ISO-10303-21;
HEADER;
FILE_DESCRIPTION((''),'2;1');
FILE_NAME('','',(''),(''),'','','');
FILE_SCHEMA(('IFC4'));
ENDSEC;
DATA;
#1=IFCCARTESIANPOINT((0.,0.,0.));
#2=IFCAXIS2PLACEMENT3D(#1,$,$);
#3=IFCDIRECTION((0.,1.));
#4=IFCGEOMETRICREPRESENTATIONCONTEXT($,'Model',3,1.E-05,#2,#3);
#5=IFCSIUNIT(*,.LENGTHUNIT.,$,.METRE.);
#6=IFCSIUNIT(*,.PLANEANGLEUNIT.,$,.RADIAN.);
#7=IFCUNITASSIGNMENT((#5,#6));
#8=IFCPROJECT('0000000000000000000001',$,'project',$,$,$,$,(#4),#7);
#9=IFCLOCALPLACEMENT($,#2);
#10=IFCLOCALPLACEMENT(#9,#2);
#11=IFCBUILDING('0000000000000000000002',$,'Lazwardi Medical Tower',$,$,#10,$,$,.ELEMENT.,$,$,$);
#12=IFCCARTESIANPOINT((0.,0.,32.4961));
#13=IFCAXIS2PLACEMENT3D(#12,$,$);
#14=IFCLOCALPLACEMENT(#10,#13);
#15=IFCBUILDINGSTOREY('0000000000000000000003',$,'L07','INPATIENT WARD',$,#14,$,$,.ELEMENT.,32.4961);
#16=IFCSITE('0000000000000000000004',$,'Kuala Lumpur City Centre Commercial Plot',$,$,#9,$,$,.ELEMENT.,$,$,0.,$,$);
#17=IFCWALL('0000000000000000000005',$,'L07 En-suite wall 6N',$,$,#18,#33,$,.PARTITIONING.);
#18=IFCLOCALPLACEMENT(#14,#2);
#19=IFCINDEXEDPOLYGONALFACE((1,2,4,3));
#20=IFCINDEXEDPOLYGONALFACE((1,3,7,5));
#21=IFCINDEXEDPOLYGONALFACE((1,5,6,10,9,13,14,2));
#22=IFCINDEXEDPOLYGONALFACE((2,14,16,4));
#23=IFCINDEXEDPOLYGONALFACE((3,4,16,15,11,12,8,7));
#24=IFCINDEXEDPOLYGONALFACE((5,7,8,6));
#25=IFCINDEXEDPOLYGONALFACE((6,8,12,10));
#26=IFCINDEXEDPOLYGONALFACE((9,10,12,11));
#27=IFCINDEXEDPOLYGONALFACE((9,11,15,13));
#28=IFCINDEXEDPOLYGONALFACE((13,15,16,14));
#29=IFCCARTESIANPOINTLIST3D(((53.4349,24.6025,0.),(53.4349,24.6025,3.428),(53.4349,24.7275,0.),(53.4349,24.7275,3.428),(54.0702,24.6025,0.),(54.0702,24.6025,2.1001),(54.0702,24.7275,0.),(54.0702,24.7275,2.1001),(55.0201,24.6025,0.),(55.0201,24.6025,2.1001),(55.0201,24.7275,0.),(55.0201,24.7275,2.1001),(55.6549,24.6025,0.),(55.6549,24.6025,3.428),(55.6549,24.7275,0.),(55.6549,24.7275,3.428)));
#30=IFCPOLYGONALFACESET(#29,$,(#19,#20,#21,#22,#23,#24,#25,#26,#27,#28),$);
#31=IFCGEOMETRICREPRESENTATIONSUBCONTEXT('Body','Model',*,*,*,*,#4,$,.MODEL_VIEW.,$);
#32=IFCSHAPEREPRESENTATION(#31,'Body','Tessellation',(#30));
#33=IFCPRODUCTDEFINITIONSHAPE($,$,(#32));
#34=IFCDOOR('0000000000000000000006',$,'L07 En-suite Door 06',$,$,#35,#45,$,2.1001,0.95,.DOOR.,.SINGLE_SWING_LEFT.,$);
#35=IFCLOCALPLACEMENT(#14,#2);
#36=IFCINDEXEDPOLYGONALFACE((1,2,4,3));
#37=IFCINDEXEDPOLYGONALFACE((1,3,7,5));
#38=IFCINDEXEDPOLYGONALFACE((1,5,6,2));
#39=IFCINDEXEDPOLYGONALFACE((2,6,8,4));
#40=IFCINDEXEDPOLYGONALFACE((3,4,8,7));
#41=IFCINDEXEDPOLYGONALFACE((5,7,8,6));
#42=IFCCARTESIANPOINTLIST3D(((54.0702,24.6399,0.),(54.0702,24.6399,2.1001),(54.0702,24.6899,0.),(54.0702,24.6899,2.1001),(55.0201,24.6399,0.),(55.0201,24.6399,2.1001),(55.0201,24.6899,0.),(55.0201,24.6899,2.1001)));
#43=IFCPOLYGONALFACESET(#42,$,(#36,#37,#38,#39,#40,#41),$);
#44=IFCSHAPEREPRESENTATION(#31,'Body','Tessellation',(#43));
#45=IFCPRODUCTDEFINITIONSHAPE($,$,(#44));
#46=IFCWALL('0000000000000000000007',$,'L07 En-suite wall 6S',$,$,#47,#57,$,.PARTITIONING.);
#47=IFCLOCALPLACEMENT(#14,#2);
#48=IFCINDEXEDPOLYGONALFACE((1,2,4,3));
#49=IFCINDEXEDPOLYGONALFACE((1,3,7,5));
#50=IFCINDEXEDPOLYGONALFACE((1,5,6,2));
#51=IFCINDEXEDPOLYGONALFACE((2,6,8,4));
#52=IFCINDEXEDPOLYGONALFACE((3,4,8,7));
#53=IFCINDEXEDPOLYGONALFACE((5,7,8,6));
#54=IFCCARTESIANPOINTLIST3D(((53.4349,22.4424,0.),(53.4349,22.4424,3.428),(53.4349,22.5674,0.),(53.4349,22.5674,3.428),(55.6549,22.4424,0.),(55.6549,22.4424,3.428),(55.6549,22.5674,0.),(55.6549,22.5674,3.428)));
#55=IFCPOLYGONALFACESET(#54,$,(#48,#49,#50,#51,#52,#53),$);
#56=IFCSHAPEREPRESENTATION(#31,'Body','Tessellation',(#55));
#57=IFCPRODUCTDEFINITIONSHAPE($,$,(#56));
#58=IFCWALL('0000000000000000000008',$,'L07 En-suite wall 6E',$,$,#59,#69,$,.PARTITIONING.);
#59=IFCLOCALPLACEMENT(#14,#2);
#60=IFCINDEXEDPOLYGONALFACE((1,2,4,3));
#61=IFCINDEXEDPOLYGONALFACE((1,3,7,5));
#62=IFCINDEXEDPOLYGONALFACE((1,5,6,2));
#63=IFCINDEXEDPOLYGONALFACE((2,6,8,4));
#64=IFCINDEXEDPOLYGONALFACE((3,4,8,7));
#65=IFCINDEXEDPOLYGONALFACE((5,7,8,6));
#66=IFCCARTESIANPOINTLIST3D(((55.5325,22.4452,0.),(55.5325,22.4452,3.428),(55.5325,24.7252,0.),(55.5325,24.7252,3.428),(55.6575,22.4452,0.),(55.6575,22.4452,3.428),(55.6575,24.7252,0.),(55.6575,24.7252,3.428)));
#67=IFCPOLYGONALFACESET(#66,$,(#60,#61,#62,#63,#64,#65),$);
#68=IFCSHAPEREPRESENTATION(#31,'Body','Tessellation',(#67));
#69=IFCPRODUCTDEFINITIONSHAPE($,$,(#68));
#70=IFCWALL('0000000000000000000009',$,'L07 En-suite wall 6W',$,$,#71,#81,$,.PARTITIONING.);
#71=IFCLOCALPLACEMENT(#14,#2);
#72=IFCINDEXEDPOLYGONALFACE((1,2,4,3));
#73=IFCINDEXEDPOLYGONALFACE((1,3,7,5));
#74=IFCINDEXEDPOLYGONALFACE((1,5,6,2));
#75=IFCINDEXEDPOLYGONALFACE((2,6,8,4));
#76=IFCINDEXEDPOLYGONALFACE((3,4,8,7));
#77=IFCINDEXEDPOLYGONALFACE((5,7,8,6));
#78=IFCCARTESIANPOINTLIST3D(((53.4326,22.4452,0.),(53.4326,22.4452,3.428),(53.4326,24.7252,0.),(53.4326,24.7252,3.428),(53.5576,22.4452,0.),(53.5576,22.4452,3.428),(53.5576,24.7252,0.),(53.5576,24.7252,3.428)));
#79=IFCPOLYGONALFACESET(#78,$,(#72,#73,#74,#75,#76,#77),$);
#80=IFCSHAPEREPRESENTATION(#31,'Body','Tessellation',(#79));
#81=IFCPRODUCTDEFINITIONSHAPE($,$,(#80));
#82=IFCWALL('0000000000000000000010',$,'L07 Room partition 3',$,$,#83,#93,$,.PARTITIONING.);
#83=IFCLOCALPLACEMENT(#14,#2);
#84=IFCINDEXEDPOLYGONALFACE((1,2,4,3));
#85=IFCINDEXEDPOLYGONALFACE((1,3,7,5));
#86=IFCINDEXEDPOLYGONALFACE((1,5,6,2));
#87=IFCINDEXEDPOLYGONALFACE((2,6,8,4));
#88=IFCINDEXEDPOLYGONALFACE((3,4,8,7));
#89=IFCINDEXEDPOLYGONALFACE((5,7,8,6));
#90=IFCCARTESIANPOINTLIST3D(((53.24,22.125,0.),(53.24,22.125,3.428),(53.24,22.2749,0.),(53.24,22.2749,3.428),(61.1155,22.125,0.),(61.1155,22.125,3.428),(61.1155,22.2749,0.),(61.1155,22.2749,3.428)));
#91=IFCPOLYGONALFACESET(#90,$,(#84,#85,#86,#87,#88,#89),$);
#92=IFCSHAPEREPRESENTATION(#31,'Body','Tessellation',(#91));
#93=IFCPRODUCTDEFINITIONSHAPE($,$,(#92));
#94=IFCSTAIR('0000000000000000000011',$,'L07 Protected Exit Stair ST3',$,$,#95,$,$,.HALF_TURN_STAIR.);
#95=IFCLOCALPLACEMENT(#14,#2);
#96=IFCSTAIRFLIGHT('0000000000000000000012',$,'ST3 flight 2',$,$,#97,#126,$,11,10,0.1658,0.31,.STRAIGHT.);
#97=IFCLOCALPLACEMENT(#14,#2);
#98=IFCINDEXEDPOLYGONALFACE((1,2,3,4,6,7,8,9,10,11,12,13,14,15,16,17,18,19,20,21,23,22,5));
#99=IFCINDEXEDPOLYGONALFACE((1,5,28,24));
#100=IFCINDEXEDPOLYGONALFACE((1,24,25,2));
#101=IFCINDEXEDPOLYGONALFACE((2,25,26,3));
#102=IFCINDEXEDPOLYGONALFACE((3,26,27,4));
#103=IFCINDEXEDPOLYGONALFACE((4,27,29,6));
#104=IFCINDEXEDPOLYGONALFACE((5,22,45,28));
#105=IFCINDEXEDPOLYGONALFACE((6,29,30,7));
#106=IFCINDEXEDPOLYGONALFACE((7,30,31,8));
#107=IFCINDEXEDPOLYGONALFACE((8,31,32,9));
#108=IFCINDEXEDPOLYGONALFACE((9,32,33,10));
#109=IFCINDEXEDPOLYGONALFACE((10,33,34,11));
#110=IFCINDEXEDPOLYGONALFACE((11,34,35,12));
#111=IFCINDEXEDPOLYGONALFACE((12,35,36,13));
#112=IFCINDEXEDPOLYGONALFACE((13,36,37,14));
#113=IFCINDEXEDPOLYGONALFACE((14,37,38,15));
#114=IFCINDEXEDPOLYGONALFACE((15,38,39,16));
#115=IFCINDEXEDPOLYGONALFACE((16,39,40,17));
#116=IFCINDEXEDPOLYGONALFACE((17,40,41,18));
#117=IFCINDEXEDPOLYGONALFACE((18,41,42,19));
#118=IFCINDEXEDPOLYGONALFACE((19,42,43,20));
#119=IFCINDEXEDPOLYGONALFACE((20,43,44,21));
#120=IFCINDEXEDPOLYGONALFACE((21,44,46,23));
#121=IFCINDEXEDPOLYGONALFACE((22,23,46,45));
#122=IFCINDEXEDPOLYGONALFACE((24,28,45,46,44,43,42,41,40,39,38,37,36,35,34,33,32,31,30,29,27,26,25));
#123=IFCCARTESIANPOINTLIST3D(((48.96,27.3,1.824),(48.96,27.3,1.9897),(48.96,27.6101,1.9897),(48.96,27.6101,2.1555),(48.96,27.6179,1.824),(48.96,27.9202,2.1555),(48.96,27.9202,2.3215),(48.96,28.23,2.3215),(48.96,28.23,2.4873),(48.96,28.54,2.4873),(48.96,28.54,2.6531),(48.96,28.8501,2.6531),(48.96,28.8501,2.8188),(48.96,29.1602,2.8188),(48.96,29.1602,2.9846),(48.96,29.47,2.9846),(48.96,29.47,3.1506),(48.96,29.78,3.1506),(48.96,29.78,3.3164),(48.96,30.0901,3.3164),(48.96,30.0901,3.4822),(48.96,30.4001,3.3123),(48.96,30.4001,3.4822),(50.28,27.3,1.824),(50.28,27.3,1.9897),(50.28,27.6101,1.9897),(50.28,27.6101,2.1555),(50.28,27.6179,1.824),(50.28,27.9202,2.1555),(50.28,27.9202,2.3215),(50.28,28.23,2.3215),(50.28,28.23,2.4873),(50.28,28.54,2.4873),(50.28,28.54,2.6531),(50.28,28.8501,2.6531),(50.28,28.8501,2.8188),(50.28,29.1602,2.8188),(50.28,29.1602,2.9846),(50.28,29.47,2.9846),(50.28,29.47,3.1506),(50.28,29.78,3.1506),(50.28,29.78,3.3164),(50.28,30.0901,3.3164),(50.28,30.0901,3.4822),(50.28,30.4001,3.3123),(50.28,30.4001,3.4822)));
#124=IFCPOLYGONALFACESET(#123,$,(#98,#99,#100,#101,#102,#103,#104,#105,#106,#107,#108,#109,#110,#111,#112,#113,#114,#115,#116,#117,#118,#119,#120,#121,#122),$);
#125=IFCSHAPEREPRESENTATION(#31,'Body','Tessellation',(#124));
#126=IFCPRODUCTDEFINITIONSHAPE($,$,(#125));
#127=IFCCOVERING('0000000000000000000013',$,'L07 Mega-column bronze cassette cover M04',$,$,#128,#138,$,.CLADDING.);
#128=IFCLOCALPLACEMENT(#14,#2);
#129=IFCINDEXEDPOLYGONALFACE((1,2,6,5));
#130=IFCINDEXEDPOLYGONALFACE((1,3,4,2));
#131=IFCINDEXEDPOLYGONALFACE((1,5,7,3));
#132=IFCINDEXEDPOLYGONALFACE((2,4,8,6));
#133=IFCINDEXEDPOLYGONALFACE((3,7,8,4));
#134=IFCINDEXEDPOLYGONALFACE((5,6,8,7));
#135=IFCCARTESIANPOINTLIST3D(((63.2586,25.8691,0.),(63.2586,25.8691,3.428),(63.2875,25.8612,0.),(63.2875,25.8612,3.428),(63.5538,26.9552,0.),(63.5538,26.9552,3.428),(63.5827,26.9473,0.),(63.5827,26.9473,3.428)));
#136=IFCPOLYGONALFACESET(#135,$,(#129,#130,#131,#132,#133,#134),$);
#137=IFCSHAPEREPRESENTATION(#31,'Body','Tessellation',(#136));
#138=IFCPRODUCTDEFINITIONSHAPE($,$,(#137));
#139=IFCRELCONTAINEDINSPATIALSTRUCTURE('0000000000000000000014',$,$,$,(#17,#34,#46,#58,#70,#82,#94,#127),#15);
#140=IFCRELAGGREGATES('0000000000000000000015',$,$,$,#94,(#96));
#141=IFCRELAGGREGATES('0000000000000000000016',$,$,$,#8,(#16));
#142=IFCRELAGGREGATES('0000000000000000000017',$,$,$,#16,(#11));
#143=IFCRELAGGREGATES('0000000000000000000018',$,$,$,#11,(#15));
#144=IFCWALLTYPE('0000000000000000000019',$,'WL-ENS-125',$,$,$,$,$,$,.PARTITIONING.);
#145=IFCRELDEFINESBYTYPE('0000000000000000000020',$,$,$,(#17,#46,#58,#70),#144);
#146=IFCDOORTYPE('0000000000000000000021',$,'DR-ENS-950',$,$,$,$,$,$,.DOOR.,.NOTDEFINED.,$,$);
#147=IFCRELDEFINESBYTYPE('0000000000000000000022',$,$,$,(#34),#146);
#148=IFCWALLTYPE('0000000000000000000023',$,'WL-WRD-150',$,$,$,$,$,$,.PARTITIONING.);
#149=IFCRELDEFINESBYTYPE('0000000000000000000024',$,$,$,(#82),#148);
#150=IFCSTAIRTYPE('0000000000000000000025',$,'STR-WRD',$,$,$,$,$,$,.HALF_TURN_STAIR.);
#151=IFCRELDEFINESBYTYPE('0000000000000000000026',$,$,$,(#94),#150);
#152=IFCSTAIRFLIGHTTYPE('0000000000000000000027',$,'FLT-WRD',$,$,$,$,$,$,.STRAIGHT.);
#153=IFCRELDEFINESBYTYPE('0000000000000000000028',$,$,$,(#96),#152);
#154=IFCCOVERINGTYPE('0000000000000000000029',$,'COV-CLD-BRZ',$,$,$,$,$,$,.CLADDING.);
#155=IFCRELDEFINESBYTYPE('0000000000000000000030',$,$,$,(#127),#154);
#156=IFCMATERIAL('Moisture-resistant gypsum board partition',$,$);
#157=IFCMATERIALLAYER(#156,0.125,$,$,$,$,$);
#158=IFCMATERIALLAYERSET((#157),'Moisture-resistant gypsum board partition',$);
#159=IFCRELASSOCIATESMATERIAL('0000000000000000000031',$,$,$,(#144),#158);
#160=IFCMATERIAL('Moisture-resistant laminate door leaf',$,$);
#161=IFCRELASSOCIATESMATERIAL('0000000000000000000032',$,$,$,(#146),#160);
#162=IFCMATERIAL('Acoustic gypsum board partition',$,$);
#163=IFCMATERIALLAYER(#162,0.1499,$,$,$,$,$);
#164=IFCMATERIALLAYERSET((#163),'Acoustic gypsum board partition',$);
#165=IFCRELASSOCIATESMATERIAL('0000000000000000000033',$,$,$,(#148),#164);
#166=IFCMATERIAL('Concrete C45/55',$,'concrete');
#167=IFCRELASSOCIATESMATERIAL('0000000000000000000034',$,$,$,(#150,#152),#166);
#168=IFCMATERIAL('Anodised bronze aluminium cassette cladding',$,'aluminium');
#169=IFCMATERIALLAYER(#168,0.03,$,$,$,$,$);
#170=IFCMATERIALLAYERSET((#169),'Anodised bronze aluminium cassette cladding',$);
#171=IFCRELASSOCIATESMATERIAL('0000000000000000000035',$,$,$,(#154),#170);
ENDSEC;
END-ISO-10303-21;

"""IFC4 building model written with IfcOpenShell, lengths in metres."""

from ifc_helpers import new_model, si_unit, direction, frame, frame_2d, origin, origin_2d, place, context, subcontext, project, spatial, polyline, rectangle, outline, extrude, material, layer, layer_set, type_object, element, fill, aggregate, save


model = new_model("IFC4")

# Units and contexts
model_context = context("Model", 3, precision=1e-05, world=origin(), true_north=direction((0.0, 1.0)))
body_context = subcontext(model_context, "Body", "Model", "MODEL_VIEW")
ifc_project = project(units=[si_unit("LENGTHUNIT", "METRE"), si_unit("PLANEANGLEUNIT", "RADIAN")], contexts=[model_context])

# Site, building, storey
site_placement = place(None, origin())
site = spatial("IfcSite", under=ifc_project, at=site_placement, Name="Kuala Lumpur City Centre Commercial Plot", CompositionType="ELEMENT", RefElevation=0.0)
building_placement = place(site_placement, origin())
building = spatial("IfcBuilding", under=site, at=building_placement, Name="Lazwardi Medical Tower", CompositionType="ELEMENT")
storey_placement = place(building_placement, frame((0.0, 0.0, 32.4961)))
storey = spatial("IfcBuildingStorey", under=building, at=storey_placement, Name="L07", Description="INPATIENT WARD", CompositionType="ELEMENT", Elevation=32.4961)

# Wall, opening, door
ifc_material_1 = material(Name="Moisture-resistant gypsum board partition")
ifc_layer_1 = layer(ifc_material_1, 0.125)
ifc_layer_set_1 = layer_set([ifc_layer_1], Name="Moisture-resistant gypsum board partition")
wall_type_1 = type_object("IfcWallType", Name="WL-ENS-125", PredefinedType="PARTITIONING", material=ifc_layer_set_1)
wall_1_placement = place(storey_placement, frame((53.4351, 24.665, 0.0), z_axis=(0.0, 0.0, 1.0), x_axis=(1.0, 0.0, 0.0)))
wall_1 = element("IfcWall", 1, at=wall_1_placement, inside=storey, type_object=wall_type_1, Name="L07 En-suite wall 6N", PredefinedType="PARTITIONING", context=body_context, shape_type="SweptSolid", body=[
    extrude(rectangle(XDim=2.22, YDim=0.125, at=frame_2d((1.1099, 0.0))), origin(), (0.0, 0.0, 1.0), 3.428),
])
opening_1_placement = place(wall_1_placement, frame((0.635, 0.0, 0.0)))
opening_1 = element("IfcOpeningElement", 2, at=opening_1_placement, cuts=wall_1, PredefinedType="OPENING", context=body_context, shape_type="SweptSolid", body=[
    extrude(rectangle(XDim=0.95, YDim=2.1001, at=frame_2d((0.4751, 1.05))), frame((0.0, 0.0725, 0.0), z_axis=(0.0, -1.0, 0.0), x_axis=(1.0, 0.0, 0.0)), (0.0, 0.0, 1.0), 0.145),
])
ifc_material_2 = material(Name="Moisture-resistant laminate door leaf")
door_type_1 = type_object("IfcDoorType", Name="DR-ENS-950", OperationType="NOTDEFINED", PredefinedType="DOOR", material=ifc_material_2)
door_1_placement = place(opening_1_placement, origin())
door_1 = element("IfcDoor", 3, at=door_1_placement, inside=storey, type_object=door_type_1, Name="L07 En-suite Door 06", OperationType="SINGLE_SWING_LEFT", OverallHeight=2.1001, OverallWidth=0.95, PredefinedType="DOOR", context=body_context, shape_type="SweptSolid", body=[
    extrude(rectangle(XDim=0.95, YDim=2.1001, at=frame_2d((0.4751, 1.05))), frame((0.0, 0.0249, 0.0), z_axis=(0.0, -1.0, 0.0), x_axis=(1.0, 0.0, 0.0)), (0.0, 0.0, 1.0), 0.05),
])
fill(opening_1, door_1)

# Walls
wall_2_placement = place(storey_placement, frame((53.4351, 22.5049, 0.0), z_axis=(0.0, 0.0, 1.0), x_axis=(1.0, 0.0, 0.0)))
element("IfcWall", 4, at=wall_2_placement, inside=storey, type_object=wall_type_1, Name="L07 En-suite wall 6S", PredefinedType="PARTITIONING", context=body_context, shape_type="SweptSolid", body=[
    extrude(rectangle(XDim=2.22, YDim=0.125, at=frame_2d((1.1099, 0.0))), origin(), (0.0, 0.0, 1.0), 3.428),
])
for number, where, z_axis, x_axis, name in (
    (5, (55.595, 22.4451, 0.0), (0.0, 0.0, 1.0), (0.0, 1.0, 0.0), "L07 En-suite wall 6E"),
    (6, (53.4951, 22.4451, 0.0), (0.0, 0.0, 1.0), (0.0, 1.0, 0.0), "L07 En-suite wall 6W"),
):
    element("IfcWall", number, at=place(storey_placement, frame(where, z_axis=z_axis, x_axis=x_axis)), inside=storey, type_object=wall_type_1, Name=name, PredefinedType="PARTITIONING", context=body_context, shape_type="SweptSolid", body=[
        extrude(rectangle(XDim=2.28, YDim=0.125, at=frame_2d((1.1401, 0.0))), origin(), (0.0, 0.0, 1.0), 3.428),
    ])
ifc_material_3 = material(Name="Acoustic gypsum board partition")
ifc_layer_2 = layer(ifc_material_3, 0.1499)
ifc_layer_set_2 = layer_set([ifc_layer_2], Name="Acoustic gypsum board partition")
wall_type_2 = type_object("IfcWallType", Name="WL-WRD-150", PredefinedType="PARTITIONING", material=ifc_layer_set_2)
wall_3_placement = place(storey_placement, frame((53.24, 22.2, 0.0), z_axis=(0.0, 0.0, 1.0), x_axis=(1.0, 0.0, 0.0)))
element("IfcWall", 7, at=wall_3_placement, inside=storey, type_object=wall_type_2, Name="L07 Room partition 3", PredefinedType="PARTITIONING", context=body_context, shape_type="SweptSolid", body=[
    extrude(rectangle(XDim=7.8755, YDim=0.1499, at=frame_2d((3.9377, 0.0))), origin(), (0.0, 0.0, 1.0), 3.428),
])

# Stair, stair flight
ifc_material_4 = material(Name="Concrete C45/55", Category="concrete")
stair_type = type_object("IfcStairType", Name="STR-WRD", PredefinedType="HALF_TURN_STAIR", material=ifc_material_4)
stair_placement = place(storey_placement, origin())
stair = element("IfcStair", 8, at=stair_placement, inside=storey, type_object=stair_type, Name="L07 Protected Exit Stair ST3", PredefinedType="HALF_TURN_STAIR")
stair_flight_type = type_object("IfcStairFlightType", Name="FLT-WRD", PredefinedType="STRAIGHT", material=ifc_material_4)
stair_flight_placement = place(storey_placement, frame((49.6201, 27.3, 1.824), z_axis=(0.0, 0.0, 1.0), x_axis=(0.0, 1.0, 0.0)))
stair_flight = element("IfcStairFlight", 9, at=stair_flight_placement, type_object=stair_flight_type, Name="ST3 flight 2", NumberOfRisers=11, NumberOfTreads=10, PredefinedType="STRAIGHT", RiserHeight=0.1658, TreadLength=0.31, context=body_context, shape_type="SweptSolid", body=[
    extrude(outline(polyline([(0.0, 0.0), (0.0, 0.1658), (0.3101, 0.1658), (0.3101, 0.3315), (0.6201, 0.3315), (0.6201, 0.4976), (0.9299, 0.4976), (0.9299, 0.6633), (1.24, 0.6633), (1.24, 0.8291), (1.55, 0.8291), (1.55, 0.9949), (1.8601, 0.9949), (1.8601, 1.1606), (2.1699, 1.1606), (2.1699, 1.3267), (2.48, 1.3267), (2.48, 1.4924), (2.79, 1.4924), (2.79, 1.6582), (3.1001, 1.6582), (3.1001, 1.824), (3.1001, 1.4883), (0.3179, 0.0), (0.0, 0.0)])), frame((0.0, 0.6602, 0.0), z_axis=(0.0, -1.0, 0.0), x_axis=(1.0, 0.0, 0.0)), (0.0, 0.0, 1.0), 1.3201),
])
aggregate(stair, [stair_flight])

# Covering
ifc_material_5 = material(Name="Anodised bronze aluminium cassette cladding", Category="aluminium")
ifc_layer_3 = layer(ifc_material_5, 0.03)
ifc_layer_set_3 = layer_set([ifc_layer_3], Name="Anodised bronze aluminium cassette cladding")
covering_type = type_object("IfcCoveringType", Name="COV-CLD-BRZ", PredefinedType="CLADDING", material=ifc_layer_set_3)
covering_placement = place(storey_placement, frame((63.4207, 26.4082, 0.0), z_axis=(0.0, 0.0, 1.0), x_axis=(0.262283, 0.964991, 0.0)))
element("IfcCovering", 10, at=covering_placement, inside=storey, type_object=covering_type, Name="L07 Mega-column bronze cassette cover M04", PredefinedType="CLADDING", context=body_context, shape_type="SweptSolid", body=[
    extrude(rectangle(XDim=1.1255, YDim=0.03, at=origin_2d()), origin(), (0.0, 0.0, 1.0), 3.428),
])

save(model, "model.ifc")
